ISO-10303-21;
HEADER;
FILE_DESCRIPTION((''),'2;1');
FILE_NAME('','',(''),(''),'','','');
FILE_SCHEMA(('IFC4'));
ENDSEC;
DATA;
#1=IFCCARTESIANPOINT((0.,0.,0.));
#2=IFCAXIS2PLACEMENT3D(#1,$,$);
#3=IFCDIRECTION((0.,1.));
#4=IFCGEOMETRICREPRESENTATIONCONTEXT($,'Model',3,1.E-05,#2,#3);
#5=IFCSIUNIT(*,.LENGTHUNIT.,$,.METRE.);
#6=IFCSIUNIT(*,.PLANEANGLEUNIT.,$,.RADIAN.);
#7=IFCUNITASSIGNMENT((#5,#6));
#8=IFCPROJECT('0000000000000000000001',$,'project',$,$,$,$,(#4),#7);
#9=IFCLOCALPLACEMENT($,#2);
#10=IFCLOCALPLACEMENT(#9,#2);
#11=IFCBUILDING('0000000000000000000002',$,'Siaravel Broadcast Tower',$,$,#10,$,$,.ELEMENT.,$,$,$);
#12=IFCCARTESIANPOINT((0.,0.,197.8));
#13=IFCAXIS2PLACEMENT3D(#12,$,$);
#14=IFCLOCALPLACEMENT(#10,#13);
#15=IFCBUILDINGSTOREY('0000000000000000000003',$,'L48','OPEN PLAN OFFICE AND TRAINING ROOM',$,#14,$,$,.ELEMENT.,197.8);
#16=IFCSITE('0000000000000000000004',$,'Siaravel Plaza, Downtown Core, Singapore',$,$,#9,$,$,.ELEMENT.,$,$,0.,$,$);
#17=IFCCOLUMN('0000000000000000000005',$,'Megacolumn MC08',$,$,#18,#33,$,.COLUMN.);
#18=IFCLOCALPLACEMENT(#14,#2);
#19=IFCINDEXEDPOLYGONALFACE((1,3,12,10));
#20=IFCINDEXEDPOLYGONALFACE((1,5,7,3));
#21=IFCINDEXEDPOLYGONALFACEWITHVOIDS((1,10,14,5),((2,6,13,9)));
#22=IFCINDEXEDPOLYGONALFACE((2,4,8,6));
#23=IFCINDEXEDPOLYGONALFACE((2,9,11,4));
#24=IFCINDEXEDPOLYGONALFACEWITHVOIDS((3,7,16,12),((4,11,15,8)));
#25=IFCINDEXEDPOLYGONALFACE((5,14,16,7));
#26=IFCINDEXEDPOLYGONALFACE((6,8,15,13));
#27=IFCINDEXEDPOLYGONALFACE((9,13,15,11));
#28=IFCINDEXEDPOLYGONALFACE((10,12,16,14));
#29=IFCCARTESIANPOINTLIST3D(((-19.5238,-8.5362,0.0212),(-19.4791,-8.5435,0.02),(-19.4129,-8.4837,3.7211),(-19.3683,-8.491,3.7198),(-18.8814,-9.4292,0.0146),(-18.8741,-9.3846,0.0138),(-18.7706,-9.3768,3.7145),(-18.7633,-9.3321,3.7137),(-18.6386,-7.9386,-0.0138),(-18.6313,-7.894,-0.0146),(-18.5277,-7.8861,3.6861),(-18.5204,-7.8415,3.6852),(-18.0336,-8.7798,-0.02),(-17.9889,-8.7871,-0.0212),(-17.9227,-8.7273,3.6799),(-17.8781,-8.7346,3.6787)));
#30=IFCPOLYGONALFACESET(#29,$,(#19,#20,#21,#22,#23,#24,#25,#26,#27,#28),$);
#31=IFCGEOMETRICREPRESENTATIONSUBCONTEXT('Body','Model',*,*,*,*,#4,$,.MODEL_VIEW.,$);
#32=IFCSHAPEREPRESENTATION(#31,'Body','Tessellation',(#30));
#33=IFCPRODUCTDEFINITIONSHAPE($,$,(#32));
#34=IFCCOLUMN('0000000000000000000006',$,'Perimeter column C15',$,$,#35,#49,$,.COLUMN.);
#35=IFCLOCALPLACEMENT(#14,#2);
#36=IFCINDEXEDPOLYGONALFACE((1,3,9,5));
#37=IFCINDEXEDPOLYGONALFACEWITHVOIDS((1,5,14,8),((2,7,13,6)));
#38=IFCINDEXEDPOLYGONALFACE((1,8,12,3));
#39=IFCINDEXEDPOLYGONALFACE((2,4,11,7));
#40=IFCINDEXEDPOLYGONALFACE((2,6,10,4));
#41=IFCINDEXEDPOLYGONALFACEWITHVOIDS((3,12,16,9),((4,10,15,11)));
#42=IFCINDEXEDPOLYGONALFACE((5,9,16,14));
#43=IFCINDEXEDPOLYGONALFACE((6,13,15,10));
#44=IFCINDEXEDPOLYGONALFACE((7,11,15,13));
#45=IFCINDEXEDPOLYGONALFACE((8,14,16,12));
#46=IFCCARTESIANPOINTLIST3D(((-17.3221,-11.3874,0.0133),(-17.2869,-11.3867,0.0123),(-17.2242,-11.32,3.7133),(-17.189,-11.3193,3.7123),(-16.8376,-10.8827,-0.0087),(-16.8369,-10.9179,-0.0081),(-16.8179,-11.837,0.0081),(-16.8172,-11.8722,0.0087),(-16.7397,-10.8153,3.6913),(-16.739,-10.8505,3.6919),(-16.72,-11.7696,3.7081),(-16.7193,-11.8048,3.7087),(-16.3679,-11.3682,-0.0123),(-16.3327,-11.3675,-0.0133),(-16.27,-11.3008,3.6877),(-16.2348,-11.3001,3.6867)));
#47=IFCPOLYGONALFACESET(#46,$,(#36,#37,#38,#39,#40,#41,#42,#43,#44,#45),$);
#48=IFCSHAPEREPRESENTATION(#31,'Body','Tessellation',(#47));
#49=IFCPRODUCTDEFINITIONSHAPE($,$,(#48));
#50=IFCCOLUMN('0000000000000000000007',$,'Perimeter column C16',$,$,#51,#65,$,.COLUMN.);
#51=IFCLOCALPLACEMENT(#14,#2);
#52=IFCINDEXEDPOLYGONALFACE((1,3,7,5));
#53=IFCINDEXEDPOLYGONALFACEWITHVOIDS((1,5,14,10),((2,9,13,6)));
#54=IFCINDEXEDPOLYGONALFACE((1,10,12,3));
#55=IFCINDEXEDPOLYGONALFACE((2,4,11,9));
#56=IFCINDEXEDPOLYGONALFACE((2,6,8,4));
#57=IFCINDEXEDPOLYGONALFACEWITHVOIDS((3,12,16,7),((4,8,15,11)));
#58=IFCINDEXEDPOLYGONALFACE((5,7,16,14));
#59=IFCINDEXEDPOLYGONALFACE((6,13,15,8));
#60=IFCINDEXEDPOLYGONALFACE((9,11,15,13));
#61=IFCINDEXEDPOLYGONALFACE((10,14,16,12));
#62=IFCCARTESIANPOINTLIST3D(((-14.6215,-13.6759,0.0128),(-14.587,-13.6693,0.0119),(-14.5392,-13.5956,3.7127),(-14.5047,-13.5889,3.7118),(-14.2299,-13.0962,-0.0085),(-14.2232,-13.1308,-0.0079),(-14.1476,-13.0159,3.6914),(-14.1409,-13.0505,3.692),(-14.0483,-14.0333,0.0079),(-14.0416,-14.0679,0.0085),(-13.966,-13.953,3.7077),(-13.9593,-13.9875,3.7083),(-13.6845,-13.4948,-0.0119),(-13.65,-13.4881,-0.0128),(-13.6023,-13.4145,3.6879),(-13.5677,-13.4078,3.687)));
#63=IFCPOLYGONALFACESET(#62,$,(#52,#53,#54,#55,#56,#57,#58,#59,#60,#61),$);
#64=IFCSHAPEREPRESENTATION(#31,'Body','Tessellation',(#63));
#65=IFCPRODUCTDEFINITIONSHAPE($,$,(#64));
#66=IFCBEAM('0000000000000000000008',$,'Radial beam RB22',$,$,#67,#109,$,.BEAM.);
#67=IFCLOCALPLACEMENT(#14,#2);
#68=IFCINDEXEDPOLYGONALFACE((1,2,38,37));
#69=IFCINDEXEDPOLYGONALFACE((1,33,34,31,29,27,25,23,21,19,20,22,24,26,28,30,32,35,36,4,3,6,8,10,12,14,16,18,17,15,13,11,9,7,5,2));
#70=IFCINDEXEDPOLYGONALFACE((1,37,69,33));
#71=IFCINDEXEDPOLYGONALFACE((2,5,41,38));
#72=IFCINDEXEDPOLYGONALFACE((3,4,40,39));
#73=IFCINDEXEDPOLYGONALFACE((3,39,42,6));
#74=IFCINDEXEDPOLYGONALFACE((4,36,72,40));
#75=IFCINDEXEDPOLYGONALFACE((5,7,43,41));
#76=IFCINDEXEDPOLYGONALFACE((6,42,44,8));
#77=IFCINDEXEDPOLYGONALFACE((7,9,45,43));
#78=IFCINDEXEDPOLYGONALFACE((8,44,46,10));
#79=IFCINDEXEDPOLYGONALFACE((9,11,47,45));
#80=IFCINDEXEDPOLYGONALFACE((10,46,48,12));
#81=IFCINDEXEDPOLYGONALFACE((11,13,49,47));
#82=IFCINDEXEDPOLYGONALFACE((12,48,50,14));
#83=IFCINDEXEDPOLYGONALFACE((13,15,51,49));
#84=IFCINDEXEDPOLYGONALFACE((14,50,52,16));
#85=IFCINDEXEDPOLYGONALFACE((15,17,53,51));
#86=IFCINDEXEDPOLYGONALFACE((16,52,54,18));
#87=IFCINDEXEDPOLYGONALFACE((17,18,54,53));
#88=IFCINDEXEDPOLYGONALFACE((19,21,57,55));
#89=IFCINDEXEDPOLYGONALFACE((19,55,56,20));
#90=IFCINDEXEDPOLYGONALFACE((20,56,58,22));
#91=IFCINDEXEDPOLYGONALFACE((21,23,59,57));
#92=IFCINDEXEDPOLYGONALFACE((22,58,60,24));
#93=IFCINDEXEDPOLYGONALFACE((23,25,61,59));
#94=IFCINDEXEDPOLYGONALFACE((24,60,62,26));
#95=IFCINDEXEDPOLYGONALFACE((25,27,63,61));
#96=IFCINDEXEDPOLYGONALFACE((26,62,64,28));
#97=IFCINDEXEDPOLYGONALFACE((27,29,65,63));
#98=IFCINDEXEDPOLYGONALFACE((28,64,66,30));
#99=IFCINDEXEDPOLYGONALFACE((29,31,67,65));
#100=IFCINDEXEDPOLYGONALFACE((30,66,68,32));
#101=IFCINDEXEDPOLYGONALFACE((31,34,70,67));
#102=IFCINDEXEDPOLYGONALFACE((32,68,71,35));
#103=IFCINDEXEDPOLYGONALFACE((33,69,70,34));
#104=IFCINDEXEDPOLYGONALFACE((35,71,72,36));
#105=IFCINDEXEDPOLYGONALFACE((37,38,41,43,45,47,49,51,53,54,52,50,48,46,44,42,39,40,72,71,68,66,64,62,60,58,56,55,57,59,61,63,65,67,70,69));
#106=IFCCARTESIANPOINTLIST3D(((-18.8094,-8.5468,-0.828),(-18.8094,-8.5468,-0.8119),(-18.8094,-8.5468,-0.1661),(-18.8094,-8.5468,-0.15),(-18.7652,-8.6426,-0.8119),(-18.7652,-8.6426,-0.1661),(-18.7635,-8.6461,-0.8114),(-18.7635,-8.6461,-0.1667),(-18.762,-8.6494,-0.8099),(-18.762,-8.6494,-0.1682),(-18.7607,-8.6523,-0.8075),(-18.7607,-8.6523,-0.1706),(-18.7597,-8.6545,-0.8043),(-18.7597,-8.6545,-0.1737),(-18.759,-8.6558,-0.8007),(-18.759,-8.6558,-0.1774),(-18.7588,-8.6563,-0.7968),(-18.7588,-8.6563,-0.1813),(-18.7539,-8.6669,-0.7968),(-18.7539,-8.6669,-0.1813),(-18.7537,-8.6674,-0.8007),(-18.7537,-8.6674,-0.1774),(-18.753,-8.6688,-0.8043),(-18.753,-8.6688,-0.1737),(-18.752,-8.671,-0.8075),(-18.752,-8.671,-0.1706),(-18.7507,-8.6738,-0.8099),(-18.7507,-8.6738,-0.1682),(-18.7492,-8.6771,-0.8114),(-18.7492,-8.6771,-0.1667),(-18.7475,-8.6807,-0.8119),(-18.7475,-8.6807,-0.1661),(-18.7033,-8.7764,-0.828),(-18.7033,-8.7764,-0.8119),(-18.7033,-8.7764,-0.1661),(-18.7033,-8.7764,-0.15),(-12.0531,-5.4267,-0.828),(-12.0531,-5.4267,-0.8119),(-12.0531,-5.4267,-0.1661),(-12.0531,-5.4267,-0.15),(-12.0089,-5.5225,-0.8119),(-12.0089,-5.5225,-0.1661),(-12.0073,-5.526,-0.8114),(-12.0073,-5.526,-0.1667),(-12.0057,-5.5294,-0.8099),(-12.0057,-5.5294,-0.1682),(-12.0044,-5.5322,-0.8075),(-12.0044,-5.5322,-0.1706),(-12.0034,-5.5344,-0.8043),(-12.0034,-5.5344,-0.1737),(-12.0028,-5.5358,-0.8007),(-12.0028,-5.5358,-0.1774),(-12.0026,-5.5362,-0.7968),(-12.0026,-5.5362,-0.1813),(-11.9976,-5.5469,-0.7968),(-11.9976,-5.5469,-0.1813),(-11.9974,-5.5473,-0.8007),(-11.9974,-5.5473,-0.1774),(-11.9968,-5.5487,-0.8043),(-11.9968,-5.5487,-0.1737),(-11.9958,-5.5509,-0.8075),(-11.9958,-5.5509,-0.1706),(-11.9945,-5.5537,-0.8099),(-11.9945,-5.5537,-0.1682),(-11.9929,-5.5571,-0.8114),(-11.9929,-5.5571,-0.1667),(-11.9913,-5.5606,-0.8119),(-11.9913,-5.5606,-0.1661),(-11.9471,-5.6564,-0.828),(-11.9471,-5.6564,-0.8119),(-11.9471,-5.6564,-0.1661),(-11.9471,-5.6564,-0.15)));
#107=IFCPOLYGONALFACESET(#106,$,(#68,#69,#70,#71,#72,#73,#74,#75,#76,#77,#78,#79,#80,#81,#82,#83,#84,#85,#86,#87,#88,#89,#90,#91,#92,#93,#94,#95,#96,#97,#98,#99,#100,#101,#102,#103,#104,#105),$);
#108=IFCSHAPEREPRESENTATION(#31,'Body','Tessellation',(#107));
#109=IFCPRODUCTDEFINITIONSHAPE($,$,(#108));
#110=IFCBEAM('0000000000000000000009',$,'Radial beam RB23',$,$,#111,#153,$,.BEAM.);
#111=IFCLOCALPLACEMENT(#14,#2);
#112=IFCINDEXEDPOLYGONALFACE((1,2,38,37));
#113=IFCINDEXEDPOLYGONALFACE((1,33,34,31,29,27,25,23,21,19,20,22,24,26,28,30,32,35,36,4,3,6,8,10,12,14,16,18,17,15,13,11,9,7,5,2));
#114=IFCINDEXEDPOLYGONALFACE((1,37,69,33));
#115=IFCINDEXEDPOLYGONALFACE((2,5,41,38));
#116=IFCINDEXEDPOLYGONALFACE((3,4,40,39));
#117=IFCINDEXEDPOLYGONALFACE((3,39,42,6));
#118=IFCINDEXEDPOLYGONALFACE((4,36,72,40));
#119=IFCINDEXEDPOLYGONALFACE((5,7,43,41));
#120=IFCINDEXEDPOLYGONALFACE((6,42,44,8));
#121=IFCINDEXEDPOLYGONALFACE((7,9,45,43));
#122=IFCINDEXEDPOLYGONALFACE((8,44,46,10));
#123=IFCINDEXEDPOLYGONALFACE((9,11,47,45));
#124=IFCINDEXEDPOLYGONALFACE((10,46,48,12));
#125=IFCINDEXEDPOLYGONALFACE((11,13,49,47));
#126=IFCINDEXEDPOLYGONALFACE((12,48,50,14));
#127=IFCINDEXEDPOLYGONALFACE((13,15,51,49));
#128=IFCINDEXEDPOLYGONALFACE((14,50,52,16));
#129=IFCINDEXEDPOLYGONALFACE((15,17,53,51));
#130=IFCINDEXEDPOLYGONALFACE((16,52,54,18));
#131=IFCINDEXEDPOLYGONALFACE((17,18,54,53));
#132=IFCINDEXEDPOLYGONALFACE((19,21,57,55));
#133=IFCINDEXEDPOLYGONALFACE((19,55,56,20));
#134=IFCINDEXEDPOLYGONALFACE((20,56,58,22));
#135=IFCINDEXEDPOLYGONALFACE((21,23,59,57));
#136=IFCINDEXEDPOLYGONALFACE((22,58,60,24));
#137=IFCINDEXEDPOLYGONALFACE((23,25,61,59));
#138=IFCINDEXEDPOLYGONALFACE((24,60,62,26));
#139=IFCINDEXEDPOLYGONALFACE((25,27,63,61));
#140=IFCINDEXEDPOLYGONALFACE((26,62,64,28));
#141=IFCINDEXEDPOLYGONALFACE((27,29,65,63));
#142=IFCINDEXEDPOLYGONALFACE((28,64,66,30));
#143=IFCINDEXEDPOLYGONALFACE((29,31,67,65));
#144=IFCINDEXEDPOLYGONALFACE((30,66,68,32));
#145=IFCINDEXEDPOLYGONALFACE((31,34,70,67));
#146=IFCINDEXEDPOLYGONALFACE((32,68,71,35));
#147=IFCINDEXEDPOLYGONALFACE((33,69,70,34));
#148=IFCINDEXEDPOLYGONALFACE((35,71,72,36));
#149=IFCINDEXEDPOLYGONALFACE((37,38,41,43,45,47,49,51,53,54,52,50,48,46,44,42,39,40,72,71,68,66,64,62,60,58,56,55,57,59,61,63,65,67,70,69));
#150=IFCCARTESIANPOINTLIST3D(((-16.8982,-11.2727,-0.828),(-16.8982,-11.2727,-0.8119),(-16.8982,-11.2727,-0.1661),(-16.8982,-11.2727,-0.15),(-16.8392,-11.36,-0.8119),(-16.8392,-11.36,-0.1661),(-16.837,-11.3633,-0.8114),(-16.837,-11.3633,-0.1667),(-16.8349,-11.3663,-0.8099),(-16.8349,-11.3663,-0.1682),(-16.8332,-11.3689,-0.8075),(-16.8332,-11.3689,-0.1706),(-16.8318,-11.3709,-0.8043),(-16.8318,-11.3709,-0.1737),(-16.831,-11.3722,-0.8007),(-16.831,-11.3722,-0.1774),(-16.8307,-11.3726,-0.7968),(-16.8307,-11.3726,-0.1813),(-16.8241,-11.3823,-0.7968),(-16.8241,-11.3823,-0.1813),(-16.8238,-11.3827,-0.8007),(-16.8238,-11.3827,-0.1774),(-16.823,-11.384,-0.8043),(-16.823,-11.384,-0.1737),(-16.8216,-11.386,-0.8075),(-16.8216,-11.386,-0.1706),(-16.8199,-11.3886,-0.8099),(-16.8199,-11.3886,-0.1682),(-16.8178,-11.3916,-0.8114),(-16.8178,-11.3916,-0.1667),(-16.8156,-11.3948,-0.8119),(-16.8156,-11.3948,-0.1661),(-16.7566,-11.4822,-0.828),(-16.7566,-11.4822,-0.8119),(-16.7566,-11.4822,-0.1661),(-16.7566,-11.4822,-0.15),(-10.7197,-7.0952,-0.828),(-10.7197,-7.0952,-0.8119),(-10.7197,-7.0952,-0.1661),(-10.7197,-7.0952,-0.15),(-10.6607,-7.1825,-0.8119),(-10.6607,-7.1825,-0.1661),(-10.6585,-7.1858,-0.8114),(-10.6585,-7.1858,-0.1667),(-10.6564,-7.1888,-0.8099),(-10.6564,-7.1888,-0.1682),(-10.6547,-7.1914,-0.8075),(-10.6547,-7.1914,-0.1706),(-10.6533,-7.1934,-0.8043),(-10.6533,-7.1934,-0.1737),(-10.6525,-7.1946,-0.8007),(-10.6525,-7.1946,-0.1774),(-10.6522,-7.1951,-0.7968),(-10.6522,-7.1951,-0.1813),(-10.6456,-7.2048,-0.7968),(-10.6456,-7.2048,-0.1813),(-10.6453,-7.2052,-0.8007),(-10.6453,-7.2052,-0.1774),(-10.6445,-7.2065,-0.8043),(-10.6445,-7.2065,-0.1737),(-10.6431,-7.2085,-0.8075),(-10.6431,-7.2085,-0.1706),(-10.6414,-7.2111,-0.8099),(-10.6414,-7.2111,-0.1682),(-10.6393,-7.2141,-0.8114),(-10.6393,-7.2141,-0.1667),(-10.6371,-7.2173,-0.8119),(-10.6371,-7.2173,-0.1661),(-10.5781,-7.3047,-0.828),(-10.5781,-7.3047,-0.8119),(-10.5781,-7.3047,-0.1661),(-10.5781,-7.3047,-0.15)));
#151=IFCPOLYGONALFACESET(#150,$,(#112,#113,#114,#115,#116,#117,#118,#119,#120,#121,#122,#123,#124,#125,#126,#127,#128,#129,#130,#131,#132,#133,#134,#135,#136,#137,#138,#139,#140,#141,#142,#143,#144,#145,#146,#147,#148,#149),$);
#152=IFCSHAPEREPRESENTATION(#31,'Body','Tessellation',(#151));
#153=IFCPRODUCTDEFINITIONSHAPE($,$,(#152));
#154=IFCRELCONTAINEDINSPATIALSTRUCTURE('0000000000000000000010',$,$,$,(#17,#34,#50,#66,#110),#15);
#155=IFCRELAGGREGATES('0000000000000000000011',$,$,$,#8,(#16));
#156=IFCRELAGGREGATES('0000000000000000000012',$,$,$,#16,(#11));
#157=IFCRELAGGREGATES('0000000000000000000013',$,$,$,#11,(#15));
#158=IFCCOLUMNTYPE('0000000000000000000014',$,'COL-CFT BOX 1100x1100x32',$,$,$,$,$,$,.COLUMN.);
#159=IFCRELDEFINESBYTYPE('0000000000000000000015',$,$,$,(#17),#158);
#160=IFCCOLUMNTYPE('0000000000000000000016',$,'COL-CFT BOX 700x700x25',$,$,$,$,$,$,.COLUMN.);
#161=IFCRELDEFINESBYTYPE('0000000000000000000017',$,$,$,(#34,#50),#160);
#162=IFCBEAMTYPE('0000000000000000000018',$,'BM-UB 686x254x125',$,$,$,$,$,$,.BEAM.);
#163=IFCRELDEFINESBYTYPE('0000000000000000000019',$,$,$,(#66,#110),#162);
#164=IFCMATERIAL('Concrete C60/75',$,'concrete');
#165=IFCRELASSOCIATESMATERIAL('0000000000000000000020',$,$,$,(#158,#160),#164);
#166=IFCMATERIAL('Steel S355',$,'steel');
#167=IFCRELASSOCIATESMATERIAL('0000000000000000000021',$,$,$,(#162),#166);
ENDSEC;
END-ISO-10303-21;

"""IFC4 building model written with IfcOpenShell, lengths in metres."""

from ifc_helpers import new_model, si_unit, direction, frame, origin, origin_2d, place, context, subcontext, project, spatial, hollow_rectangle, i_section, extrude, material, material_profile, profile_set, type_object, element, save


model = new_model("IFC4")

# Units and contexts
model_context = context("Model", 3, precision=1e-05, world=origin(), true_north=direction((0.0, 1.0)))
body_context = subcontext(model_context, "Body", "Model", "MODEL_VIEW")
ifc_project = project(units=[si_unit("LENGTHUNIT", "METRE"), si_unit("PLANEANGLEUNIT", "RADIAN")], contexts=[model_context])

# Site, building, storey
site_placement = place(None, origin())
site = spatial("IfcSite", under=ifc_project, at=site_placement, Name="Siaravel Plaza, Downtown Core, Singapore", CompositionType="ELEMENT", RefElevation=0.0)
building_placement = place(site_placement, origin())
building = spatial("IfcBuilding", under=site, at=building_placement, Name="Siaravel Broadcast Tower", CompositionType="ELEMENT")
storey_placement = place(building_placement, frame((0.0, 0.0, 197.8)))
storey = spatial("IfcBuildingStorey", under=building, at=storey_placement, Name="L48", Description="OPEN PLAN OFFICE AND TRAINING ROOM", CompositionType="ELEMENT", Elevation=197.8)

# Columns
ifc_material_1 = material(Name="Concrete C60/75", Category="concrete")
ifc_material_profile_1 = material_profile(ifc_material_1, hollow_rectangle(XDim=1.1001, YDim=1.1001, WallThickness=0.032, at=origin_2d()))
ifc_profile_set_1 = profile_set([ifc_material_profile_1], Name="Concrete C60/75")
column_type_1 = type_object("IfcColumnType", Name="COL-CFT BOX 1100x1100x32", PredefinedType="COLUMN", material=ifc_profile_set_1)
column_1_placement = place(storey_placement, frame((-18.7563, -8.6616, 0.0), z_axis=(0.029941, 0.014179, 0.999451), x_axis=(-0.583902, 0.811802, 0.005975)))
element("IfcColumn", 1, at=column_1_placement, inside=storey, type_object=column_type_1, Name="Megacolumn MC08", PredefinedType="COLUMN", context=body_context, shape_type="SweptSolid", body=[
    extrude(hollow_rectangle(XDim=1.1001, YDim=1.1001, WallThickness=0.032, at=origin_2d()), origin(), (0.0, 0.0, 1.0), 3.7019),
])
ifc_material_profile_2 = material_profile(ifc_material_1, hollow_rectangle(XDim=0.7, YDim=0.7, WallThickness=0.0249, at=origin_2d()))
ifc_profile_set_2 = profile_set([ifc_material_profile_2], Name="Concrete C60/75")
column_type_2 = type_object("IfcColumnType", Name="COL-CFT BOX 700x700x25", PredefinedType="COLUMN", material=ifc_profile_set_2)
column_2_placement = place(storey_placement, frame((-16.8274, -11.3774, 0.0), z_axis=(0.026446, 0.018202, 0.999484), x_axis=(-0.721262, 0.692632, 0.00647)))
element("IfcColumn", 2, at=column_2_placement, inside=storey, type_object=column_type_2, Name="Perimeter column C15", PredefinedType="COLUMN", context=body_context, shape_type="SweptSolid", body=[
    extrude(hollow_rectangle(XDim=0.7, YDim=0.7, WallThickness=0.0249, at=origin_2d()), origin(), (0.0, 0.0, 1.0), 3.7019),
])
column_3_placement = place(storey_placement, frame((-14.1357, -13.582, 0.0), z_axis=(0.022226, 0.021699, 0.999517), x_axis=(-0.828526, 0.559915, 0.006269)))
element("IfcColumn", 3, at=column_3_placement, inside=storey, type_object=column_type_2, Name="Perimeter column C16", PredefinedType="COLUMN", context=body_context, shape_type="SweptSolid", body=[
    extrude(hollow_rectangle(XDim=0.7, YDim=0.7, WallThickness=0.0249, at=origin_2d()), origin(), (0.0, 0.0, 1.0), 3.7017),
])

# Beams
ifc_material_2 = material(Name="Steel S355", Category="steel")
ifc_material_profile_3 = material_profile(ifc_material_2, i_section(OverallWidth=0.2529, OverallDepth=0.678, WebThickness=0.0117, FlangeThickness=0.0161, FilletRadius=0.0151, at=origin_2d()))
ifc_profile_set_3 = profile_set([ifc_material_profile_3], Name="Steel S355")
beam_type = type_object("IfcBeamType", Name="BM-UB 686x254x125", PredefinedType="BEAM", material=ifc_profile_set_3)
beam_1_placement = place(storey_placement, frame((-18.7563, -8.6616, -0.489), z_axis=(0.907867, 0.419258, 0.0), x_axis=(-0.419258, 0.907867, 0.0)))
element("IfcBeam", 4, at=beam_1_placement, inside=storey, type_object=beam_type, Name="Radial beam RB22", PredefinedType="BEAM", context=body_context, shape_type="SweptSolid", body=[
    extrude(i_section(OverallWidth=0.2529, OverallDepth=0.678, WebThickness=0.0117, FlangeThickness=0.0161, FilletRadius=0.0151, at=origin_2d()), origin(), (0.0, 0.0, 1.0), 7.4419),
])
beam_2_placement = place(storey_placement, frame((-16.8274, -11.3774, -0.489), z_axis=(0.828412, 0.56012, 0.0), x_axis=(-0.56012, 0.828412, 0.0)))
element("IfcBeam", 5, at=beam_2_placement, inside=storey, type_object=beam_type, Name="Radial beam RB23", PredefinedType="BEAM", context=body_context, shape_type="SweptSolid", body=[
    extrude(i_section(OverallWidth=0.2529, OverallDepth=0.678, WebThickness=0.0117, FlangeThickness=0.0161, FilletRadius=0.0151, at=origin_2d()), origin(), (0.0, 0.0, 1.0), 7.4583),
])

save(model, "model.ifc")
